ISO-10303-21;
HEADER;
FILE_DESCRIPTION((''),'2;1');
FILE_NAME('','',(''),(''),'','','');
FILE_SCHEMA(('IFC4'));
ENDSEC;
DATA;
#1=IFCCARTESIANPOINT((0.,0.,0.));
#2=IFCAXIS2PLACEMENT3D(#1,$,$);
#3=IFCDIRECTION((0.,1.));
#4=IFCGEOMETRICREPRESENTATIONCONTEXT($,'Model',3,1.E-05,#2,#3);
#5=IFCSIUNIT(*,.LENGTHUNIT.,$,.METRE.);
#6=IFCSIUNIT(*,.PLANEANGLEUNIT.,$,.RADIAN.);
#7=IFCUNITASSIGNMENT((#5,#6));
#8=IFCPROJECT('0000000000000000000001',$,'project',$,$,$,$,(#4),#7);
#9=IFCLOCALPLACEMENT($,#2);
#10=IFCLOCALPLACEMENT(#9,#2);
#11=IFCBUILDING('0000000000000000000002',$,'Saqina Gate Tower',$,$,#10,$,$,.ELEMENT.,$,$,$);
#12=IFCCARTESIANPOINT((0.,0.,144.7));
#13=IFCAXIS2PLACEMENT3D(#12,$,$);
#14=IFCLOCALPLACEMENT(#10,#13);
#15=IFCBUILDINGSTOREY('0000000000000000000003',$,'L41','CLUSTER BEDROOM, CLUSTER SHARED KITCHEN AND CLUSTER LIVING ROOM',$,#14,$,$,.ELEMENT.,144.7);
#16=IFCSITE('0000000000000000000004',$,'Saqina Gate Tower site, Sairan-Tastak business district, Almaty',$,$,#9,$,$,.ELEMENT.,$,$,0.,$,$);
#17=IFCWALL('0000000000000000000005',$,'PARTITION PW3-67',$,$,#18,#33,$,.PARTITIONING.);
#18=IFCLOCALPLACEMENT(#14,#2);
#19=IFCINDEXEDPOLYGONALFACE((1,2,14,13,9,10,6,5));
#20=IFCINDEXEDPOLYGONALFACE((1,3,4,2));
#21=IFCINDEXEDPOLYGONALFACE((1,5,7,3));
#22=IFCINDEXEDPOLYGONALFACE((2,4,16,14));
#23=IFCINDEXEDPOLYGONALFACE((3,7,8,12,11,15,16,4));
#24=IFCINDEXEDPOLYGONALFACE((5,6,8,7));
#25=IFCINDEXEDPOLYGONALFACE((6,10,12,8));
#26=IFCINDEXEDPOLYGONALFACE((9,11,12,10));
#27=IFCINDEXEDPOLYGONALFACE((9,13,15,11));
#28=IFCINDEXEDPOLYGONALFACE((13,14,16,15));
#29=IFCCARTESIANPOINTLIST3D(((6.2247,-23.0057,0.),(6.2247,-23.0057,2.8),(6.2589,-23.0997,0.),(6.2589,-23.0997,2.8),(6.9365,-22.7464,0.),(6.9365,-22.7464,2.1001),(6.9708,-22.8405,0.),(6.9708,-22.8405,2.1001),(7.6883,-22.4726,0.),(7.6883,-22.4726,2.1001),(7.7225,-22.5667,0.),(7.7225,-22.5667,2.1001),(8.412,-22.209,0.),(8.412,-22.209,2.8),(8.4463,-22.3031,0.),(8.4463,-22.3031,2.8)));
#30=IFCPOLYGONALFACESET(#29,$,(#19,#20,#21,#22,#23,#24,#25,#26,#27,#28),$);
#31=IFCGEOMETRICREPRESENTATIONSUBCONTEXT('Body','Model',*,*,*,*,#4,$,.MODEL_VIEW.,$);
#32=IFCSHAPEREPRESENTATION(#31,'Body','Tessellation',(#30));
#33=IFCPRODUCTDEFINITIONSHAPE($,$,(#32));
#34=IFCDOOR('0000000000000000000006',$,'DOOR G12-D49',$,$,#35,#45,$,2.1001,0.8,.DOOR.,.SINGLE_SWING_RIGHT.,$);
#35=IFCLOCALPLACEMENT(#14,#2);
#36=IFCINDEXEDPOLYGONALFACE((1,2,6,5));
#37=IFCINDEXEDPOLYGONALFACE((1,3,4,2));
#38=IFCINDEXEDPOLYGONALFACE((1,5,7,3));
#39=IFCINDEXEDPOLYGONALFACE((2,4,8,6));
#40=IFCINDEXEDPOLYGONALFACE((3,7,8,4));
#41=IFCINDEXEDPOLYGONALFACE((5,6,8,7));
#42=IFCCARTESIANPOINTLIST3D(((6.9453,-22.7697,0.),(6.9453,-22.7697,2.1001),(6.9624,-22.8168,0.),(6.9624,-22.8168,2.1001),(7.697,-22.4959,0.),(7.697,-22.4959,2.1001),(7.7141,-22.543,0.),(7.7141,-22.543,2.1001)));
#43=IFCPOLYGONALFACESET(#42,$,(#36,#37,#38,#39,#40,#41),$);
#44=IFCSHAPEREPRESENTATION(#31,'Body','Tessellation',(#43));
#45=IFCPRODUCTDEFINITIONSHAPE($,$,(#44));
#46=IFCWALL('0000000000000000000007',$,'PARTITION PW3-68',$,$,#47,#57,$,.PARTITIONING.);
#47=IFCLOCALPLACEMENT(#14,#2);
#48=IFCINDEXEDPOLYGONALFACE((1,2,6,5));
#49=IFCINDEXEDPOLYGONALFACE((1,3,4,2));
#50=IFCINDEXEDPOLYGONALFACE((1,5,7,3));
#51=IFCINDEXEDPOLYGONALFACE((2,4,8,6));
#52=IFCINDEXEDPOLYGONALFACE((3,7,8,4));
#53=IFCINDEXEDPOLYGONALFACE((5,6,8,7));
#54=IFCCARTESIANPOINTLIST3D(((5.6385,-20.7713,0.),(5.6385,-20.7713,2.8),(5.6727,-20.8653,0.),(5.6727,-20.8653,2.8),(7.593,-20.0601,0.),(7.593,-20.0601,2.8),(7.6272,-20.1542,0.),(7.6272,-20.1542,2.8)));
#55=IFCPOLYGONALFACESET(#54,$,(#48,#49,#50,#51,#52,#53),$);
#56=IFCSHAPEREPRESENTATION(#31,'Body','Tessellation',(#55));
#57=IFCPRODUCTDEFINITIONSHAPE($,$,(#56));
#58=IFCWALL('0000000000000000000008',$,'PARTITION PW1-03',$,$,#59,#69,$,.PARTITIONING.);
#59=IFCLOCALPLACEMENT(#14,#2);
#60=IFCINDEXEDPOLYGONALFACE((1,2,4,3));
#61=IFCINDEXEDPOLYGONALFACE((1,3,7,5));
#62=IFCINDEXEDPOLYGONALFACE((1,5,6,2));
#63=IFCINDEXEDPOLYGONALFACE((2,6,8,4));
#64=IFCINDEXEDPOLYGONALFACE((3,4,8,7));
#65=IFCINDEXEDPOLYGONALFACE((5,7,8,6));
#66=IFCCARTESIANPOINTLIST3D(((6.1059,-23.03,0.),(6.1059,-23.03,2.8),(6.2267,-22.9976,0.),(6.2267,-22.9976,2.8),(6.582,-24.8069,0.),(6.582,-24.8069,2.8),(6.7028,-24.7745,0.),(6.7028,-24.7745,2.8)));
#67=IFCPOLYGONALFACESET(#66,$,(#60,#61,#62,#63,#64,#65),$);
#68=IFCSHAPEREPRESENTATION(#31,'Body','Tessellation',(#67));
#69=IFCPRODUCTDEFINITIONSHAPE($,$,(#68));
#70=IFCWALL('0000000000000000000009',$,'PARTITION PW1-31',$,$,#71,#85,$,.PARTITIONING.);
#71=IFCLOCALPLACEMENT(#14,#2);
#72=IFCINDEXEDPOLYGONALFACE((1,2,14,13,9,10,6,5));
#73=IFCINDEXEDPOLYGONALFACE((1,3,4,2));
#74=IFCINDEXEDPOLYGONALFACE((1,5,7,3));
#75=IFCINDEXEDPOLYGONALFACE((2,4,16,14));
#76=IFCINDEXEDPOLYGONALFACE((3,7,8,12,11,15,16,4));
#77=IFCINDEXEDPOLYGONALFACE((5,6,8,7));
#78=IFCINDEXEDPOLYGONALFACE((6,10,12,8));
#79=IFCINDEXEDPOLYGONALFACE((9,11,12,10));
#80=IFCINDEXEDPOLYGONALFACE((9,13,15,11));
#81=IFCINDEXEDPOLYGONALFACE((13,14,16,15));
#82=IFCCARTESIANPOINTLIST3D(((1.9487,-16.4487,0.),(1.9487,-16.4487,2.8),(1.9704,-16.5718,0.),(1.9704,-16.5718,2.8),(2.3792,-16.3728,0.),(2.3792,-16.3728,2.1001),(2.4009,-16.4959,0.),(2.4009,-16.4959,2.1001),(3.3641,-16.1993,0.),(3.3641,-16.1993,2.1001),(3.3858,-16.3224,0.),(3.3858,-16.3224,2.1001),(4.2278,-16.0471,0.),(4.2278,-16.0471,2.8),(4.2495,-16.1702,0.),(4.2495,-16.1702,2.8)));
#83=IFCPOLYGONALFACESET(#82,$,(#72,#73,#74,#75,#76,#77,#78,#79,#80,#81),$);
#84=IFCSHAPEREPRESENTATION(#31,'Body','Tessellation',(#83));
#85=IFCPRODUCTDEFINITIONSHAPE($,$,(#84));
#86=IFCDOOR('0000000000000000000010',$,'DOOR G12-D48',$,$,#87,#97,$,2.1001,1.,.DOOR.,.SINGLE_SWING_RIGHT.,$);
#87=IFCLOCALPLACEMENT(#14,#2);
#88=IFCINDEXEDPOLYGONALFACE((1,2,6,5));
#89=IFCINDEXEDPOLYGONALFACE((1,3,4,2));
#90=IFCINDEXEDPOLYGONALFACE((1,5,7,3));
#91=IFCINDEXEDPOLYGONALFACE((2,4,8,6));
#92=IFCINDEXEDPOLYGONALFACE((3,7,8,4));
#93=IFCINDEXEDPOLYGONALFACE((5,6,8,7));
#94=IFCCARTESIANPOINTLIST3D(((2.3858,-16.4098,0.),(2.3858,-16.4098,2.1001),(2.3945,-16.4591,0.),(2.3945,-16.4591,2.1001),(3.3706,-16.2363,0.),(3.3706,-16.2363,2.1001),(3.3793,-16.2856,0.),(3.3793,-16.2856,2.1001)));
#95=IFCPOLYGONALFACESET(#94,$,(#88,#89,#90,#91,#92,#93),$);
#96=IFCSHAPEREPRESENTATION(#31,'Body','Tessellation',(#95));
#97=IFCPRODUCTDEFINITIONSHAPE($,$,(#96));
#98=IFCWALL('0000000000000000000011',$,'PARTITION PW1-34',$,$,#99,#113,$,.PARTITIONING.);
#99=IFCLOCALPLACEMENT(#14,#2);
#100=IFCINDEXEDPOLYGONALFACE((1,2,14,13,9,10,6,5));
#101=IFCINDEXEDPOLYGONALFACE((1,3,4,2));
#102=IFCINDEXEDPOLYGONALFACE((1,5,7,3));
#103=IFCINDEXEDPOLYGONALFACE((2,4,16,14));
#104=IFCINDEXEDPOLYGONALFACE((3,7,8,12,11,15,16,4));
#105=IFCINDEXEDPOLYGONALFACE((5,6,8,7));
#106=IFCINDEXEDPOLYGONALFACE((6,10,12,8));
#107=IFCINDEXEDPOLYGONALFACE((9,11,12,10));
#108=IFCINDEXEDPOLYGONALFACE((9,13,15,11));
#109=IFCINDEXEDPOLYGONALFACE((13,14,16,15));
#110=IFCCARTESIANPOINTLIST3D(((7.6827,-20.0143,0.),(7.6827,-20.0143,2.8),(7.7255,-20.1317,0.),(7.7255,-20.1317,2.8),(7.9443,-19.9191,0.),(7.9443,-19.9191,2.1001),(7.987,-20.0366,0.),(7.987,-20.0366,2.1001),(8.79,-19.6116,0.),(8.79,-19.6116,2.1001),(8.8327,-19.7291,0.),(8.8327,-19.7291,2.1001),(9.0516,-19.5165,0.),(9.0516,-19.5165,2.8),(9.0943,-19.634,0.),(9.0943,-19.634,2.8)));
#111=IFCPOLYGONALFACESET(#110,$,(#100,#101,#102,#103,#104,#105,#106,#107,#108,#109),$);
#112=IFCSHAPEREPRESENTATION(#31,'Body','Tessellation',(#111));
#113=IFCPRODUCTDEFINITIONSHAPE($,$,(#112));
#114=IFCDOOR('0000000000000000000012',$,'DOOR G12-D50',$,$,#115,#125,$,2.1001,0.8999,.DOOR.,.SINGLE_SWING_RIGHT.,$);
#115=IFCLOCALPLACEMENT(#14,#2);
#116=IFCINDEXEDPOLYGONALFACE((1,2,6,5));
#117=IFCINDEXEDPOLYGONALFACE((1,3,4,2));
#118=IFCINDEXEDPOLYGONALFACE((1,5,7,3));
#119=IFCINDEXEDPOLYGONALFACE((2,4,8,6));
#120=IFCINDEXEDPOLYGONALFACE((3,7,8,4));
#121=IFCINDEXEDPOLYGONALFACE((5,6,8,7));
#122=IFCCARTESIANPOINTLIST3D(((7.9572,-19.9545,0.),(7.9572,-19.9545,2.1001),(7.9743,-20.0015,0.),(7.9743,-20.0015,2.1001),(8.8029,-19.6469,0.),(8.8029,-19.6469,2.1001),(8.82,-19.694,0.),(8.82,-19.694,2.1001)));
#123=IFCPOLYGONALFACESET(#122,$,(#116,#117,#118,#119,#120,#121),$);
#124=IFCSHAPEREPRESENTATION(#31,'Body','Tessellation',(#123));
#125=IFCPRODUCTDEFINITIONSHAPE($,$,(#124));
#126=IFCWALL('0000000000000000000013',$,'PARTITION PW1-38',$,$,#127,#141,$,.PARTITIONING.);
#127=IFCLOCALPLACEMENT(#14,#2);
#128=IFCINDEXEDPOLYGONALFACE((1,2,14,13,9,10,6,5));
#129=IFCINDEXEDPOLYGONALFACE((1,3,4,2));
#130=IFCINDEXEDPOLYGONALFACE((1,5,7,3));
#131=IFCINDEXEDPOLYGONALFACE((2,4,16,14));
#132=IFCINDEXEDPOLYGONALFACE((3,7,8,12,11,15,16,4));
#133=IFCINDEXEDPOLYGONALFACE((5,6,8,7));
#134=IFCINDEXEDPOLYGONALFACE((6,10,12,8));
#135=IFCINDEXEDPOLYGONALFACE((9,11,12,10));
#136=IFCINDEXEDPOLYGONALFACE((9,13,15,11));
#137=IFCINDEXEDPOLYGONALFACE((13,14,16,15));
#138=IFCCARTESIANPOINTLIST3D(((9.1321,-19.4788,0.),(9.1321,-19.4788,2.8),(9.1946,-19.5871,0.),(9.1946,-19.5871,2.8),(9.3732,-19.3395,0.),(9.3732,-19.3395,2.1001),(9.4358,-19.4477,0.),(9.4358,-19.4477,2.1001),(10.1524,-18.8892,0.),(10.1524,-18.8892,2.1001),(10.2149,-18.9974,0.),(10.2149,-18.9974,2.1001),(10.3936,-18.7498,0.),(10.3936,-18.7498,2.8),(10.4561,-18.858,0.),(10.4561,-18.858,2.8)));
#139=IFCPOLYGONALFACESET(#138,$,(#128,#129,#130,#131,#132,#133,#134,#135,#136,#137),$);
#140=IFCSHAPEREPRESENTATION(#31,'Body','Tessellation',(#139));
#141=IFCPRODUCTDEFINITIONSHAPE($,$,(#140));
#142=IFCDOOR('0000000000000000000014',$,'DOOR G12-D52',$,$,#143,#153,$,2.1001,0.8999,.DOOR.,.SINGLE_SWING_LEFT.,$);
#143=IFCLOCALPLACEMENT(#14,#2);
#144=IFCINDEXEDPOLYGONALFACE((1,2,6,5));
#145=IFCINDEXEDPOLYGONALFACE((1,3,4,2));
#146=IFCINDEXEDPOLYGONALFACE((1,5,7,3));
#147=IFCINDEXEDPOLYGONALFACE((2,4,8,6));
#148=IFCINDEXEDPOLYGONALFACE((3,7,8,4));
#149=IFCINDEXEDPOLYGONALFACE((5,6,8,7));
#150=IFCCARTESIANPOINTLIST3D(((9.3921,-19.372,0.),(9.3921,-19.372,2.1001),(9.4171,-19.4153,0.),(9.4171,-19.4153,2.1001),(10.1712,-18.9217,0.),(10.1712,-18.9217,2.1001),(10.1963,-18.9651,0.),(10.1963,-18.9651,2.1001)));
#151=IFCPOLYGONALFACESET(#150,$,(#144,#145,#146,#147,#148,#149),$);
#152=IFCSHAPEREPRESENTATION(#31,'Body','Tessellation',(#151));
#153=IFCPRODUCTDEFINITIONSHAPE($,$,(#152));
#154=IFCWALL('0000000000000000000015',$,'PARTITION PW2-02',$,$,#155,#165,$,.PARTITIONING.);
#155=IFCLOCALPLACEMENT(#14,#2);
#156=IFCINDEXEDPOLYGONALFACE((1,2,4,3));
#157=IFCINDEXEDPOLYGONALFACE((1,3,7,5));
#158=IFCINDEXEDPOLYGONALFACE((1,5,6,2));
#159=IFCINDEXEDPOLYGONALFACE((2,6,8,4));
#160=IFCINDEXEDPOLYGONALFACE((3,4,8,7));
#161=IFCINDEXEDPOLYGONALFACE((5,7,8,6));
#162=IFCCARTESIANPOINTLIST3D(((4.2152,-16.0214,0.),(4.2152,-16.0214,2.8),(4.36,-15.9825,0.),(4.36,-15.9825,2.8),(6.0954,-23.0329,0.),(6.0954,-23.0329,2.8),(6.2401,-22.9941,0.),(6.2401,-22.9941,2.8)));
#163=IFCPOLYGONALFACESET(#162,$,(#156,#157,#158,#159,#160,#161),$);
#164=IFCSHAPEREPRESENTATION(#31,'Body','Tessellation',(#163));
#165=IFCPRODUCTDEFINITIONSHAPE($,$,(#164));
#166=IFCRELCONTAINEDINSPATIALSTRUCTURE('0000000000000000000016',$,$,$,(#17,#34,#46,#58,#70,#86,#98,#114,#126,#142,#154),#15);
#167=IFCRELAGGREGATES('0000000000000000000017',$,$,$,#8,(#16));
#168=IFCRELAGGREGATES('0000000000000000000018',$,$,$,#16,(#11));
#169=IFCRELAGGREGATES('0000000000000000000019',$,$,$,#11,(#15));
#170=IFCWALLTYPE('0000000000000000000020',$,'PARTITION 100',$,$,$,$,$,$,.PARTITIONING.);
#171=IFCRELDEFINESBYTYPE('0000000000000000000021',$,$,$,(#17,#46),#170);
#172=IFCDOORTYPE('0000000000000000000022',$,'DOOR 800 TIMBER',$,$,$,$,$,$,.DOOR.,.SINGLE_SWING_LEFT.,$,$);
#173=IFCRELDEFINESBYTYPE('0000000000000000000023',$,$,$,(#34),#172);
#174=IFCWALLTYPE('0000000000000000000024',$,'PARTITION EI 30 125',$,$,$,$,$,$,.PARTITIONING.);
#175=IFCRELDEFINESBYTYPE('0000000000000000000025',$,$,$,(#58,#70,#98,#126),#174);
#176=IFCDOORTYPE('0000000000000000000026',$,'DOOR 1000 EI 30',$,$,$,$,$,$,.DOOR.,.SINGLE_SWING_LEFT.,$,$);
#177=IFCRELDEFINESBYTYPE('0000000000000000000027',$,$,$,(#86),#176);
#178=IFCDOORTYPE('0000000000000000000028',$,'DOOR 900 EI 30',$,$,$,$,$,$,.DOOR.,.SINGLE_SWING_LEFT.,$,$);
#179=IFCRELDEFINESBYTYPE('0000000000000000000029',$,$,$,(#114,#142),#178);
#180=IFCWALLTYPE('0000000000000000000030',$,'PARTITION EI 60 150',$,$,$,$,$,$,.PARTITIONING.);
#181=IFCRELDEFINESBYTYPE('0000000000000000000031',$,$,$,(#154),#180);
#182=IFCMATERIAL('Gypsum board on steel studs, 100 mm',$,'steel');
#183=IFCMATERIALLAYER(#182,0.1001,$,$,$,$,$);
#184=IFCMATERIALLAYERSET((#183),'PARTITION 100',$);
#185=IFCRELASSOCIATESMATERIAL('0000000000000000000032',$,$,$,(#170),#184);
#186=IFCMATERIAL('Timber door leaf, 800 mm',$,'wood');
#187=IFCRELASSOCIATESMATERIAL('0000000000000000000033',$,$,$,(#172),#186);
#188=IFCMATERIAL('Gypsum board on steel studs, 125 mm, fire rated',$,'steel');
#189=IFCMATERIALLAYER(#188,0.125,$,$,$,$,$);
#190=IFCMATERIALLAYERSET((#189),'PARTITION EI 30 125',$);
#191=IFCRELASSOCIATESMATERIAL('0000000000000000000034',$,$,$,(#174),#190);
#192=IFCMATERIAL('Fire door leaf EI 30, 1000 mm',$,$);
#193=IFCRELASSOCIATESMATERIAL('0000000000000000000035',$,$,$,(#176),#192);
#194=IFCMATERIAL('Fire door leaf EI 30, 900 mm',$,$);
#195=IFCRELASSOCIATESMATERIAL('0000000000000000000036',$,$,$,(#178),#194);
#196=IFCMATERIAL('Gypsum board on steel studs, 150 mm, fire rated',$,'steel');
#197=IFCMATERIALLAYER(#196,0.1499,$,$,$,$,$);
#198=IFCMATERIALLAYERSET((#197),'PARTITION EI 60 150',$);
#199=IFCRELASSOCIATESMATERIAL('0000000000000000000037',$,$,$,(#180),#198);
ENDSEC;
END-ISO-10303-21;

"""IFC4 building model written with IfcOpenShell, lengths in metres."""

from ifc_helpers import new_model, si_unit, direction, frame, frame_2d, origin, place, context, subcontext, project, spatial, rectangle, extrude, material, layer, layer_set, type_object, element, fill, save


model = new_model("IFC4")

# Units and contexts
model_context = context("Model", 3, precision=1e-05, world=origin(), true_north=direction((0.0, 1.0)))
body_context = subcontext(model_context, "Body", "Model", "MODEL_VIEW")
ifc_project = project(units=[si_unit("LENGTHUNIT", "METRE"), si_unit("PLANEANGLEUNIT", "RADIAN")], contexts=[model_context])

# Site, building, storey
site_placement = place(None, origin())
site = spatial("IfcSite", under=ifc_project, at=site_placement, Name="Saqina Gate Tower site, Sairan-Tastak business district, Almaty", CompositionType="ELEMENT", RefElevation=0.0)
building_placement = place(site_placement, origin())
building = spatial("IfcBuilding", under=site, at=building_placement, Name="Saqina Gate Tower", CompositionType="ELEMENT")
storey_placement = place(building_placement, frame((0.0, 0.0, 144.7)))
storey = spatial("IfcBuildingStorey", under=building, at=storey_placement, Name="L41", Description="CLUSTER BEDROOM, CLUSTER SHARED KITCHEN AND CLUSTER LIVING ROOM", CompositionType="ELEMENT", Elevation=144.7)

# Shared definitions
ifc_material_1 = material(Name="Gypsum board on steel studs, 100 mm", Category="steel")
ifc_layer_1 = layer(ifc_material_1, 0.1001)
ifc_layer_set_1 = layer_set([ifc_layer_1], Name="PARTITION 100")
wall_type_1 = type_object("IfcWallType", Name="PARTITION 100", PredefinedType="PARTITIONING", material=ifc_layer_set_1)

# Wall, opening, door
wall_1_placement = place(storey_placement, frame((6.2417, -23.0527, 0.0), z_axis=(0.0, 0.0, 1.0), x_axis=(0.939619, 0.342223, 0.0)))
wall_1 = element("IfcWall", 1, at=wall_1_placement, inside=storey, type_object=wall_type_1, Name="PARTITION PW3-67", PredefinedType="PARTITIONING", context=body_context, shape_type="SweptSolid", body=[
    extrude(rectangle(XDim=2.3279, YDim=0.1001, at=frame_2d((1.1641, 0.0))), origin(), (0.0, 0.0, 1.0), 2.8),
])
opening_1_placement = place(wall_1_placement, frame((0.7578, 0.0, 0.0)))
opening_1 = element("IfcOpeningElement", 2, at=opening_1_placement, cuts=wall_1, PredefinedType="OPENING", context=body_context, shape_type="SweptSolid", body=[
    extrude(rectangle(XDim=0.8, YDim=2.1001, at=frame_2d((0.3999, 1.05))), frame((0.0, 0.062, 0.0), z_axis=(0.0, -1.0, 0.0), x_axis=(1.0, 0.0, 0.0)), (0.0, 0.0, 1.0), 0.124),
])
ifc_material_2 = material(Name="Timber door leaf, 800 mm", Category="wood")
door_type_1 = type_object("IfcDoorType", Name="DOOR 800 TIMBER", OperationType="SINGLE_SWING_LEFT", PredefinedType="DOOR", material=ifc_material_2)
door_1_placement = place(opening_1_placement, frame((0.8, 0.0, 0.0), z_axis=(0.0, 0.0, 1.0), x_axis=(-1.0, 0.0, 0.0)))
door_1 = element("IfcDoor", 3, at=door_1_placement, inside=storey, type_object=door_type_1, Name="DOOR G12-D49", OperationType="SINGLE_SWING_RIGHT", OverallHeight=2.1001, OverallWidth=0.8, PredefinedType="DOOR", context=body_context, shape_type="SweptSolid", body=[
    extrude(rectangle(XDim=0.8, YDim=2.1001, at=frame_2d((0.3999, 1.05))), frame((0.0, 0.0249, 0.0), z_axis=(0.0, -1.0, 0.0), x_axis=(1.0, 0.0, 0.0)), (0.0, 0.0, 1.0), 0.05),
])
fill(opening_1, door_1)

# Walls
wall_2_placement = place(storey_placement, frame((5.6555, -20.8184, 0.0), z_axis=(0.0, 0.0, 1.0), x_axis=(0.939728, 0.341922, 0.0)))
element("IfcWall", 4, at=wall_2_placement, inside=storey, type_object=wall_type_1, Name="PARTITION PW3-68", PredefinedType="PARTITIONING", context=body_context, shape_type="SweptSolid", body=[
    extrude(rectangle(XDim=2.0798, YDim=0.1001, at=frame_2d((1.04, 0.0))), origin(), (0.0, 0.0, 1.0), 2.8),
])
ifc_material_3 = material(Name="Gypsum board on steel studs, 125 mm, fire rated", Category="steel")
ifc_layer_2 = layer(ifc_material_3, 0.125)
ifc_layer_set_2 = layer_set([ifc_layer_2], Name="PARTITION EI 30 125")
wall_type_2 = type_object("IfcWallType", Name="PARTITION EI 30 125", PredefinedType="PARTITIONING", material=ifc_layer_set_2)
wall_3_placement = place(storey_placement, frame((6.1663, -23.0137, 0.0), z_axis=(0.0, 0.0, 1.0), x_axis=(0.258802, -0.96593, 0.0)))
element("IfcWall", 5, at=wall_3_placement, inside=storey, type_object=wall_type_2, Name="PARTITION PW1-03", PredefinedType="PARTITIONING", context=body_context, shape_type="SweptSolid", body=[
    extrude(rectangle(XDim=1.8396, YDim=0.125, at=frame_2d((0.9199, 0.0))), origin(), (0.0, 0.0, 1.0), 2.8),
])

# Walls, openings, doors
wall_4_placement = place(storey_placement, frame((1.9595, -16.5103, 0.0), z_axis=(0.0, 0.0, 1.0), x_axis=(0.984826, 0.173545, 0.0)))
wall_4 = element("IfcWall", 6, at=wall_4_placement, inside=storey, type_object=wall_type_2, Name="PARTITION PW1-31", PredefinedType="PARTITIONING", context=body_context, shape_type="SweptSolid", body=[
    extrude(rectangle(XDim=2.3142, YDim=0.125, at=frame_2d((1.1572, 0.0))), origin(), (0.0, 0.0, 1.0), 2.8),
])
opening_2_placement = place(wall_4_placement, frame((0.4373, 0.0, 0.0)))
opening_2 = element("IfcOpeningElement", 7, at=opening_2_placement, cuts=wall_4, PredefinedType="OPENING", context=body_context, shape_type="SweptSolid", body=[
    extrude(rectangle(XDim=1.0, YDim=2.1001, at=frame_2d((0.5, 1.05))), frame((0.0, 0.0745, 0.0), z_axis=(0.0, -1.0, 0.0), x_axis=(1.0, 0.0, 0.0)), (0.0, 0.0, 1.0), 0.1489),
])
ifc_material_4 = material(Name="Fire door leaf EI 30, 1000 mm")
door_type_2 = type_object("IfcDoorType", Name="DOOR 1000 EI 30", OperationType="SINGLE_SWING_LEFT", PredefinedType="DOOR", material=ifc_material_4)
door_2_placement = place(opening_2_placement, origin())
door_2 = element("IfcDoor", 8, at=door_2_placement, inside=storey, type_object=door_type_2, Name="DOOR G12-D48", OperationType="SINGLE_SWING_RIGHT", OverallHeight=2.1001, OverallWidth=1.0, PredefinedType="DOOR", context=body_context, shape_type="SweptSolid", body=[
    extrude(rectangle(XDim=1.0, YDim=2.1001, at=frame_2d((0.5, 1.05))), frame((0.0, 0.0249, 0.0), z_axis=(0.0, -1.0, 0.0), x_axis=(1.0, 0.0, 0.0)), (0.0, 0.0, 1.0), 0.05),
])
fill(opening_2, door_2)
wall_5_placement = place(storey_placement, frame((7.7041, -20.073, 0.0), z_axis=(0.0, 0.0, 1.0), x_axis=(0.939789, 0.341757, 0.0)))
wall_5 = element("IfcWall", 9, at=wall_5_placement, inside=storey, type_object=wall_type_2, Name="PARTITION PW1-34", PredefinedType="PARTITIONING", context=body_context, shape_type="SweptSolid", body=[
    extrude(rectangle(XDim=1.4565, YDim=0.125, at=frame_2d((0.7283, 0.0))), origin(), (0.0, 0.0, 1.0), 2.8),
])
opening_3_placement = place(wall_5_placement, frame((0.2783, 0.0, 0.0)))
opening_3 = element("IfcOpeningElement", 10, at=opening_3_placement, cuts=wall_5, PredefinedType="OPENING", context=body_context, shape_type="SweptSolid", body=[
    extrude(rectangle(XDim=0.8999, YDim=2.1001, at=frame_2d((0.45, 1.05))), frame((0.0, 0.0745, 0.0), z_axis=(0.0, -1.0, 0.0), x_axis=(1.0, 0.0, 0.0)), (0.0, 0.0, 1.0), 0.1489),
])
ifc_material_5 = material(Name="Fire door leaf EI 30, 900 mm")
door_type_3 = type_object("IfcDoorType", Name="DOOR 900 EI 30", OperationType="SINGLE_SWING_LEFT", PredefinedType="DOOR", material=ifc_material_5)
door_3_placement = place(opening_3_placement, origin())
door_3 = element("IfcDoor", 11, at=door_3_placement, inside=storey, type_object=door_type_3, Name="DOOR G12-D50", OperationType="SINGLE_SWING_RIGHT", OverallHeight=2.1001, OverallWidth=0.8999, PredefinedType="DOOR", context=body_context, shape_type="SweptSolid", body=[
    extrude(rectangle(XDim=0.8999, YDim=2.1001, at=frame_2d((0.45, 1.05))), frame((0.0, 0.0249, 0.0), z_axis=(0.0, -1.0, 0.0), x_axis=(1.0, 0.0, 0.0)), (0.0, 0.0, 1.0), 0.05),
])
fill(opening_3, door_3)
wall_6_placement = place(storey_placement, frame((9.1633, -19.533, 0.0), z_axis=(0.0, 0.0, 1.0), x_axis=(0.86582, 0.500356, 0.0)))
wall_6 = element("IfcWall", 12, at=wall_6_placement, inside=storey, type_object=wall_type_2, Name="PARTITION PW1-38", PredefinedType="PARTITIONING", context=body_context, shape_type="SweptSolid", body=[
    extrude(rectangle(XDim=1.457, YDim=0.125, at=frame_2d((0.7285, 0.0))), origin(), (0.0, 0.0, 1.0), 2.8),
])
opening_4_placement = place(wall_6_placement, frame((0.2786, 0.0, 0.0)))
opening_4 = element("IfcOpeningElement", 13, at=opening_4_placement, cuts=wall_6, PredefinedType="OPENING", context=body_context, shape_type="SweptSolid", body=[
    extrude(rectangle(XDim=0.8999, YDim=2.1001, at=frame_2d((0.45, 1.05))), frame((0.0, 0.0745, 0.0), z_axis=(0.0, -1.0, 0.0), x_axis=(1.0, 0.0, 0.0)), (0.0, 0.0, 1.0), 0.1489),
])
door_4_placement = place(opening_4_placement, origin())
door_4 = element("IfcDoor", 14, at=door_4_placement, inside=storey, type_object=door_type_3, Name="DOOR G12-D52", OperationType="SINGLE_SWING_LEFT", OverallHeight=2.1001, OverallWidth=0.8999, PredefinedType="DOOR", context=body_context, shape_type="SweptSolid", body=[
    extrude(rectangle(XDim=0.8999, YDim=2.1001, at=frame_2d((0.45, 1.05))), frame((0.0, 0.0249, 0.0), z_axis=(0.0, -1.0, 0.0), x_axis=(1.0, 0.0, 0.0)), (0.0, 0.0, 1.0), 0.05),
])
fill(opening_4, door_4)

# Wall
ifc_material_6 = material(Name="Gypsum board on steel studs, 150 mm, fire rated", Category="steel")
ifc_layer_3 = layer(ifc_material_6, 0.1499)
ifc_layer_set_3 = layer_set([ifc_layer_3], Name="PARTITION EI 60 150")
wall_type_3 = type_object("IfcWallType", Name="PARTITION EI 60 150", PredefinedType="PARTITIONING", material=ifc_layer_set_3)
wall_7_placement = place(storey_placement, frame((4.2876, -16.002, 0.0), z_axis=(0.0, 0.0, 1.0), x_axis=(0.259, -0.965877, 0.0)))
element("IfcWall", 15, at=wall_7_placement, inside=storey, type_object=wall_type_3, Name="PARTITION PW2-02", PredefinedType="PARTITIONING", context=body_context, shape_type="SweptSolid", body=[
    extrude(rectangle(XDim=7.2593, YDim=0.1499, at=frame_2d((3.6296, 0.0))), origin(), (0.0, 0.0, 1.0), 2.8),
])

save(model, "model.ifc")
